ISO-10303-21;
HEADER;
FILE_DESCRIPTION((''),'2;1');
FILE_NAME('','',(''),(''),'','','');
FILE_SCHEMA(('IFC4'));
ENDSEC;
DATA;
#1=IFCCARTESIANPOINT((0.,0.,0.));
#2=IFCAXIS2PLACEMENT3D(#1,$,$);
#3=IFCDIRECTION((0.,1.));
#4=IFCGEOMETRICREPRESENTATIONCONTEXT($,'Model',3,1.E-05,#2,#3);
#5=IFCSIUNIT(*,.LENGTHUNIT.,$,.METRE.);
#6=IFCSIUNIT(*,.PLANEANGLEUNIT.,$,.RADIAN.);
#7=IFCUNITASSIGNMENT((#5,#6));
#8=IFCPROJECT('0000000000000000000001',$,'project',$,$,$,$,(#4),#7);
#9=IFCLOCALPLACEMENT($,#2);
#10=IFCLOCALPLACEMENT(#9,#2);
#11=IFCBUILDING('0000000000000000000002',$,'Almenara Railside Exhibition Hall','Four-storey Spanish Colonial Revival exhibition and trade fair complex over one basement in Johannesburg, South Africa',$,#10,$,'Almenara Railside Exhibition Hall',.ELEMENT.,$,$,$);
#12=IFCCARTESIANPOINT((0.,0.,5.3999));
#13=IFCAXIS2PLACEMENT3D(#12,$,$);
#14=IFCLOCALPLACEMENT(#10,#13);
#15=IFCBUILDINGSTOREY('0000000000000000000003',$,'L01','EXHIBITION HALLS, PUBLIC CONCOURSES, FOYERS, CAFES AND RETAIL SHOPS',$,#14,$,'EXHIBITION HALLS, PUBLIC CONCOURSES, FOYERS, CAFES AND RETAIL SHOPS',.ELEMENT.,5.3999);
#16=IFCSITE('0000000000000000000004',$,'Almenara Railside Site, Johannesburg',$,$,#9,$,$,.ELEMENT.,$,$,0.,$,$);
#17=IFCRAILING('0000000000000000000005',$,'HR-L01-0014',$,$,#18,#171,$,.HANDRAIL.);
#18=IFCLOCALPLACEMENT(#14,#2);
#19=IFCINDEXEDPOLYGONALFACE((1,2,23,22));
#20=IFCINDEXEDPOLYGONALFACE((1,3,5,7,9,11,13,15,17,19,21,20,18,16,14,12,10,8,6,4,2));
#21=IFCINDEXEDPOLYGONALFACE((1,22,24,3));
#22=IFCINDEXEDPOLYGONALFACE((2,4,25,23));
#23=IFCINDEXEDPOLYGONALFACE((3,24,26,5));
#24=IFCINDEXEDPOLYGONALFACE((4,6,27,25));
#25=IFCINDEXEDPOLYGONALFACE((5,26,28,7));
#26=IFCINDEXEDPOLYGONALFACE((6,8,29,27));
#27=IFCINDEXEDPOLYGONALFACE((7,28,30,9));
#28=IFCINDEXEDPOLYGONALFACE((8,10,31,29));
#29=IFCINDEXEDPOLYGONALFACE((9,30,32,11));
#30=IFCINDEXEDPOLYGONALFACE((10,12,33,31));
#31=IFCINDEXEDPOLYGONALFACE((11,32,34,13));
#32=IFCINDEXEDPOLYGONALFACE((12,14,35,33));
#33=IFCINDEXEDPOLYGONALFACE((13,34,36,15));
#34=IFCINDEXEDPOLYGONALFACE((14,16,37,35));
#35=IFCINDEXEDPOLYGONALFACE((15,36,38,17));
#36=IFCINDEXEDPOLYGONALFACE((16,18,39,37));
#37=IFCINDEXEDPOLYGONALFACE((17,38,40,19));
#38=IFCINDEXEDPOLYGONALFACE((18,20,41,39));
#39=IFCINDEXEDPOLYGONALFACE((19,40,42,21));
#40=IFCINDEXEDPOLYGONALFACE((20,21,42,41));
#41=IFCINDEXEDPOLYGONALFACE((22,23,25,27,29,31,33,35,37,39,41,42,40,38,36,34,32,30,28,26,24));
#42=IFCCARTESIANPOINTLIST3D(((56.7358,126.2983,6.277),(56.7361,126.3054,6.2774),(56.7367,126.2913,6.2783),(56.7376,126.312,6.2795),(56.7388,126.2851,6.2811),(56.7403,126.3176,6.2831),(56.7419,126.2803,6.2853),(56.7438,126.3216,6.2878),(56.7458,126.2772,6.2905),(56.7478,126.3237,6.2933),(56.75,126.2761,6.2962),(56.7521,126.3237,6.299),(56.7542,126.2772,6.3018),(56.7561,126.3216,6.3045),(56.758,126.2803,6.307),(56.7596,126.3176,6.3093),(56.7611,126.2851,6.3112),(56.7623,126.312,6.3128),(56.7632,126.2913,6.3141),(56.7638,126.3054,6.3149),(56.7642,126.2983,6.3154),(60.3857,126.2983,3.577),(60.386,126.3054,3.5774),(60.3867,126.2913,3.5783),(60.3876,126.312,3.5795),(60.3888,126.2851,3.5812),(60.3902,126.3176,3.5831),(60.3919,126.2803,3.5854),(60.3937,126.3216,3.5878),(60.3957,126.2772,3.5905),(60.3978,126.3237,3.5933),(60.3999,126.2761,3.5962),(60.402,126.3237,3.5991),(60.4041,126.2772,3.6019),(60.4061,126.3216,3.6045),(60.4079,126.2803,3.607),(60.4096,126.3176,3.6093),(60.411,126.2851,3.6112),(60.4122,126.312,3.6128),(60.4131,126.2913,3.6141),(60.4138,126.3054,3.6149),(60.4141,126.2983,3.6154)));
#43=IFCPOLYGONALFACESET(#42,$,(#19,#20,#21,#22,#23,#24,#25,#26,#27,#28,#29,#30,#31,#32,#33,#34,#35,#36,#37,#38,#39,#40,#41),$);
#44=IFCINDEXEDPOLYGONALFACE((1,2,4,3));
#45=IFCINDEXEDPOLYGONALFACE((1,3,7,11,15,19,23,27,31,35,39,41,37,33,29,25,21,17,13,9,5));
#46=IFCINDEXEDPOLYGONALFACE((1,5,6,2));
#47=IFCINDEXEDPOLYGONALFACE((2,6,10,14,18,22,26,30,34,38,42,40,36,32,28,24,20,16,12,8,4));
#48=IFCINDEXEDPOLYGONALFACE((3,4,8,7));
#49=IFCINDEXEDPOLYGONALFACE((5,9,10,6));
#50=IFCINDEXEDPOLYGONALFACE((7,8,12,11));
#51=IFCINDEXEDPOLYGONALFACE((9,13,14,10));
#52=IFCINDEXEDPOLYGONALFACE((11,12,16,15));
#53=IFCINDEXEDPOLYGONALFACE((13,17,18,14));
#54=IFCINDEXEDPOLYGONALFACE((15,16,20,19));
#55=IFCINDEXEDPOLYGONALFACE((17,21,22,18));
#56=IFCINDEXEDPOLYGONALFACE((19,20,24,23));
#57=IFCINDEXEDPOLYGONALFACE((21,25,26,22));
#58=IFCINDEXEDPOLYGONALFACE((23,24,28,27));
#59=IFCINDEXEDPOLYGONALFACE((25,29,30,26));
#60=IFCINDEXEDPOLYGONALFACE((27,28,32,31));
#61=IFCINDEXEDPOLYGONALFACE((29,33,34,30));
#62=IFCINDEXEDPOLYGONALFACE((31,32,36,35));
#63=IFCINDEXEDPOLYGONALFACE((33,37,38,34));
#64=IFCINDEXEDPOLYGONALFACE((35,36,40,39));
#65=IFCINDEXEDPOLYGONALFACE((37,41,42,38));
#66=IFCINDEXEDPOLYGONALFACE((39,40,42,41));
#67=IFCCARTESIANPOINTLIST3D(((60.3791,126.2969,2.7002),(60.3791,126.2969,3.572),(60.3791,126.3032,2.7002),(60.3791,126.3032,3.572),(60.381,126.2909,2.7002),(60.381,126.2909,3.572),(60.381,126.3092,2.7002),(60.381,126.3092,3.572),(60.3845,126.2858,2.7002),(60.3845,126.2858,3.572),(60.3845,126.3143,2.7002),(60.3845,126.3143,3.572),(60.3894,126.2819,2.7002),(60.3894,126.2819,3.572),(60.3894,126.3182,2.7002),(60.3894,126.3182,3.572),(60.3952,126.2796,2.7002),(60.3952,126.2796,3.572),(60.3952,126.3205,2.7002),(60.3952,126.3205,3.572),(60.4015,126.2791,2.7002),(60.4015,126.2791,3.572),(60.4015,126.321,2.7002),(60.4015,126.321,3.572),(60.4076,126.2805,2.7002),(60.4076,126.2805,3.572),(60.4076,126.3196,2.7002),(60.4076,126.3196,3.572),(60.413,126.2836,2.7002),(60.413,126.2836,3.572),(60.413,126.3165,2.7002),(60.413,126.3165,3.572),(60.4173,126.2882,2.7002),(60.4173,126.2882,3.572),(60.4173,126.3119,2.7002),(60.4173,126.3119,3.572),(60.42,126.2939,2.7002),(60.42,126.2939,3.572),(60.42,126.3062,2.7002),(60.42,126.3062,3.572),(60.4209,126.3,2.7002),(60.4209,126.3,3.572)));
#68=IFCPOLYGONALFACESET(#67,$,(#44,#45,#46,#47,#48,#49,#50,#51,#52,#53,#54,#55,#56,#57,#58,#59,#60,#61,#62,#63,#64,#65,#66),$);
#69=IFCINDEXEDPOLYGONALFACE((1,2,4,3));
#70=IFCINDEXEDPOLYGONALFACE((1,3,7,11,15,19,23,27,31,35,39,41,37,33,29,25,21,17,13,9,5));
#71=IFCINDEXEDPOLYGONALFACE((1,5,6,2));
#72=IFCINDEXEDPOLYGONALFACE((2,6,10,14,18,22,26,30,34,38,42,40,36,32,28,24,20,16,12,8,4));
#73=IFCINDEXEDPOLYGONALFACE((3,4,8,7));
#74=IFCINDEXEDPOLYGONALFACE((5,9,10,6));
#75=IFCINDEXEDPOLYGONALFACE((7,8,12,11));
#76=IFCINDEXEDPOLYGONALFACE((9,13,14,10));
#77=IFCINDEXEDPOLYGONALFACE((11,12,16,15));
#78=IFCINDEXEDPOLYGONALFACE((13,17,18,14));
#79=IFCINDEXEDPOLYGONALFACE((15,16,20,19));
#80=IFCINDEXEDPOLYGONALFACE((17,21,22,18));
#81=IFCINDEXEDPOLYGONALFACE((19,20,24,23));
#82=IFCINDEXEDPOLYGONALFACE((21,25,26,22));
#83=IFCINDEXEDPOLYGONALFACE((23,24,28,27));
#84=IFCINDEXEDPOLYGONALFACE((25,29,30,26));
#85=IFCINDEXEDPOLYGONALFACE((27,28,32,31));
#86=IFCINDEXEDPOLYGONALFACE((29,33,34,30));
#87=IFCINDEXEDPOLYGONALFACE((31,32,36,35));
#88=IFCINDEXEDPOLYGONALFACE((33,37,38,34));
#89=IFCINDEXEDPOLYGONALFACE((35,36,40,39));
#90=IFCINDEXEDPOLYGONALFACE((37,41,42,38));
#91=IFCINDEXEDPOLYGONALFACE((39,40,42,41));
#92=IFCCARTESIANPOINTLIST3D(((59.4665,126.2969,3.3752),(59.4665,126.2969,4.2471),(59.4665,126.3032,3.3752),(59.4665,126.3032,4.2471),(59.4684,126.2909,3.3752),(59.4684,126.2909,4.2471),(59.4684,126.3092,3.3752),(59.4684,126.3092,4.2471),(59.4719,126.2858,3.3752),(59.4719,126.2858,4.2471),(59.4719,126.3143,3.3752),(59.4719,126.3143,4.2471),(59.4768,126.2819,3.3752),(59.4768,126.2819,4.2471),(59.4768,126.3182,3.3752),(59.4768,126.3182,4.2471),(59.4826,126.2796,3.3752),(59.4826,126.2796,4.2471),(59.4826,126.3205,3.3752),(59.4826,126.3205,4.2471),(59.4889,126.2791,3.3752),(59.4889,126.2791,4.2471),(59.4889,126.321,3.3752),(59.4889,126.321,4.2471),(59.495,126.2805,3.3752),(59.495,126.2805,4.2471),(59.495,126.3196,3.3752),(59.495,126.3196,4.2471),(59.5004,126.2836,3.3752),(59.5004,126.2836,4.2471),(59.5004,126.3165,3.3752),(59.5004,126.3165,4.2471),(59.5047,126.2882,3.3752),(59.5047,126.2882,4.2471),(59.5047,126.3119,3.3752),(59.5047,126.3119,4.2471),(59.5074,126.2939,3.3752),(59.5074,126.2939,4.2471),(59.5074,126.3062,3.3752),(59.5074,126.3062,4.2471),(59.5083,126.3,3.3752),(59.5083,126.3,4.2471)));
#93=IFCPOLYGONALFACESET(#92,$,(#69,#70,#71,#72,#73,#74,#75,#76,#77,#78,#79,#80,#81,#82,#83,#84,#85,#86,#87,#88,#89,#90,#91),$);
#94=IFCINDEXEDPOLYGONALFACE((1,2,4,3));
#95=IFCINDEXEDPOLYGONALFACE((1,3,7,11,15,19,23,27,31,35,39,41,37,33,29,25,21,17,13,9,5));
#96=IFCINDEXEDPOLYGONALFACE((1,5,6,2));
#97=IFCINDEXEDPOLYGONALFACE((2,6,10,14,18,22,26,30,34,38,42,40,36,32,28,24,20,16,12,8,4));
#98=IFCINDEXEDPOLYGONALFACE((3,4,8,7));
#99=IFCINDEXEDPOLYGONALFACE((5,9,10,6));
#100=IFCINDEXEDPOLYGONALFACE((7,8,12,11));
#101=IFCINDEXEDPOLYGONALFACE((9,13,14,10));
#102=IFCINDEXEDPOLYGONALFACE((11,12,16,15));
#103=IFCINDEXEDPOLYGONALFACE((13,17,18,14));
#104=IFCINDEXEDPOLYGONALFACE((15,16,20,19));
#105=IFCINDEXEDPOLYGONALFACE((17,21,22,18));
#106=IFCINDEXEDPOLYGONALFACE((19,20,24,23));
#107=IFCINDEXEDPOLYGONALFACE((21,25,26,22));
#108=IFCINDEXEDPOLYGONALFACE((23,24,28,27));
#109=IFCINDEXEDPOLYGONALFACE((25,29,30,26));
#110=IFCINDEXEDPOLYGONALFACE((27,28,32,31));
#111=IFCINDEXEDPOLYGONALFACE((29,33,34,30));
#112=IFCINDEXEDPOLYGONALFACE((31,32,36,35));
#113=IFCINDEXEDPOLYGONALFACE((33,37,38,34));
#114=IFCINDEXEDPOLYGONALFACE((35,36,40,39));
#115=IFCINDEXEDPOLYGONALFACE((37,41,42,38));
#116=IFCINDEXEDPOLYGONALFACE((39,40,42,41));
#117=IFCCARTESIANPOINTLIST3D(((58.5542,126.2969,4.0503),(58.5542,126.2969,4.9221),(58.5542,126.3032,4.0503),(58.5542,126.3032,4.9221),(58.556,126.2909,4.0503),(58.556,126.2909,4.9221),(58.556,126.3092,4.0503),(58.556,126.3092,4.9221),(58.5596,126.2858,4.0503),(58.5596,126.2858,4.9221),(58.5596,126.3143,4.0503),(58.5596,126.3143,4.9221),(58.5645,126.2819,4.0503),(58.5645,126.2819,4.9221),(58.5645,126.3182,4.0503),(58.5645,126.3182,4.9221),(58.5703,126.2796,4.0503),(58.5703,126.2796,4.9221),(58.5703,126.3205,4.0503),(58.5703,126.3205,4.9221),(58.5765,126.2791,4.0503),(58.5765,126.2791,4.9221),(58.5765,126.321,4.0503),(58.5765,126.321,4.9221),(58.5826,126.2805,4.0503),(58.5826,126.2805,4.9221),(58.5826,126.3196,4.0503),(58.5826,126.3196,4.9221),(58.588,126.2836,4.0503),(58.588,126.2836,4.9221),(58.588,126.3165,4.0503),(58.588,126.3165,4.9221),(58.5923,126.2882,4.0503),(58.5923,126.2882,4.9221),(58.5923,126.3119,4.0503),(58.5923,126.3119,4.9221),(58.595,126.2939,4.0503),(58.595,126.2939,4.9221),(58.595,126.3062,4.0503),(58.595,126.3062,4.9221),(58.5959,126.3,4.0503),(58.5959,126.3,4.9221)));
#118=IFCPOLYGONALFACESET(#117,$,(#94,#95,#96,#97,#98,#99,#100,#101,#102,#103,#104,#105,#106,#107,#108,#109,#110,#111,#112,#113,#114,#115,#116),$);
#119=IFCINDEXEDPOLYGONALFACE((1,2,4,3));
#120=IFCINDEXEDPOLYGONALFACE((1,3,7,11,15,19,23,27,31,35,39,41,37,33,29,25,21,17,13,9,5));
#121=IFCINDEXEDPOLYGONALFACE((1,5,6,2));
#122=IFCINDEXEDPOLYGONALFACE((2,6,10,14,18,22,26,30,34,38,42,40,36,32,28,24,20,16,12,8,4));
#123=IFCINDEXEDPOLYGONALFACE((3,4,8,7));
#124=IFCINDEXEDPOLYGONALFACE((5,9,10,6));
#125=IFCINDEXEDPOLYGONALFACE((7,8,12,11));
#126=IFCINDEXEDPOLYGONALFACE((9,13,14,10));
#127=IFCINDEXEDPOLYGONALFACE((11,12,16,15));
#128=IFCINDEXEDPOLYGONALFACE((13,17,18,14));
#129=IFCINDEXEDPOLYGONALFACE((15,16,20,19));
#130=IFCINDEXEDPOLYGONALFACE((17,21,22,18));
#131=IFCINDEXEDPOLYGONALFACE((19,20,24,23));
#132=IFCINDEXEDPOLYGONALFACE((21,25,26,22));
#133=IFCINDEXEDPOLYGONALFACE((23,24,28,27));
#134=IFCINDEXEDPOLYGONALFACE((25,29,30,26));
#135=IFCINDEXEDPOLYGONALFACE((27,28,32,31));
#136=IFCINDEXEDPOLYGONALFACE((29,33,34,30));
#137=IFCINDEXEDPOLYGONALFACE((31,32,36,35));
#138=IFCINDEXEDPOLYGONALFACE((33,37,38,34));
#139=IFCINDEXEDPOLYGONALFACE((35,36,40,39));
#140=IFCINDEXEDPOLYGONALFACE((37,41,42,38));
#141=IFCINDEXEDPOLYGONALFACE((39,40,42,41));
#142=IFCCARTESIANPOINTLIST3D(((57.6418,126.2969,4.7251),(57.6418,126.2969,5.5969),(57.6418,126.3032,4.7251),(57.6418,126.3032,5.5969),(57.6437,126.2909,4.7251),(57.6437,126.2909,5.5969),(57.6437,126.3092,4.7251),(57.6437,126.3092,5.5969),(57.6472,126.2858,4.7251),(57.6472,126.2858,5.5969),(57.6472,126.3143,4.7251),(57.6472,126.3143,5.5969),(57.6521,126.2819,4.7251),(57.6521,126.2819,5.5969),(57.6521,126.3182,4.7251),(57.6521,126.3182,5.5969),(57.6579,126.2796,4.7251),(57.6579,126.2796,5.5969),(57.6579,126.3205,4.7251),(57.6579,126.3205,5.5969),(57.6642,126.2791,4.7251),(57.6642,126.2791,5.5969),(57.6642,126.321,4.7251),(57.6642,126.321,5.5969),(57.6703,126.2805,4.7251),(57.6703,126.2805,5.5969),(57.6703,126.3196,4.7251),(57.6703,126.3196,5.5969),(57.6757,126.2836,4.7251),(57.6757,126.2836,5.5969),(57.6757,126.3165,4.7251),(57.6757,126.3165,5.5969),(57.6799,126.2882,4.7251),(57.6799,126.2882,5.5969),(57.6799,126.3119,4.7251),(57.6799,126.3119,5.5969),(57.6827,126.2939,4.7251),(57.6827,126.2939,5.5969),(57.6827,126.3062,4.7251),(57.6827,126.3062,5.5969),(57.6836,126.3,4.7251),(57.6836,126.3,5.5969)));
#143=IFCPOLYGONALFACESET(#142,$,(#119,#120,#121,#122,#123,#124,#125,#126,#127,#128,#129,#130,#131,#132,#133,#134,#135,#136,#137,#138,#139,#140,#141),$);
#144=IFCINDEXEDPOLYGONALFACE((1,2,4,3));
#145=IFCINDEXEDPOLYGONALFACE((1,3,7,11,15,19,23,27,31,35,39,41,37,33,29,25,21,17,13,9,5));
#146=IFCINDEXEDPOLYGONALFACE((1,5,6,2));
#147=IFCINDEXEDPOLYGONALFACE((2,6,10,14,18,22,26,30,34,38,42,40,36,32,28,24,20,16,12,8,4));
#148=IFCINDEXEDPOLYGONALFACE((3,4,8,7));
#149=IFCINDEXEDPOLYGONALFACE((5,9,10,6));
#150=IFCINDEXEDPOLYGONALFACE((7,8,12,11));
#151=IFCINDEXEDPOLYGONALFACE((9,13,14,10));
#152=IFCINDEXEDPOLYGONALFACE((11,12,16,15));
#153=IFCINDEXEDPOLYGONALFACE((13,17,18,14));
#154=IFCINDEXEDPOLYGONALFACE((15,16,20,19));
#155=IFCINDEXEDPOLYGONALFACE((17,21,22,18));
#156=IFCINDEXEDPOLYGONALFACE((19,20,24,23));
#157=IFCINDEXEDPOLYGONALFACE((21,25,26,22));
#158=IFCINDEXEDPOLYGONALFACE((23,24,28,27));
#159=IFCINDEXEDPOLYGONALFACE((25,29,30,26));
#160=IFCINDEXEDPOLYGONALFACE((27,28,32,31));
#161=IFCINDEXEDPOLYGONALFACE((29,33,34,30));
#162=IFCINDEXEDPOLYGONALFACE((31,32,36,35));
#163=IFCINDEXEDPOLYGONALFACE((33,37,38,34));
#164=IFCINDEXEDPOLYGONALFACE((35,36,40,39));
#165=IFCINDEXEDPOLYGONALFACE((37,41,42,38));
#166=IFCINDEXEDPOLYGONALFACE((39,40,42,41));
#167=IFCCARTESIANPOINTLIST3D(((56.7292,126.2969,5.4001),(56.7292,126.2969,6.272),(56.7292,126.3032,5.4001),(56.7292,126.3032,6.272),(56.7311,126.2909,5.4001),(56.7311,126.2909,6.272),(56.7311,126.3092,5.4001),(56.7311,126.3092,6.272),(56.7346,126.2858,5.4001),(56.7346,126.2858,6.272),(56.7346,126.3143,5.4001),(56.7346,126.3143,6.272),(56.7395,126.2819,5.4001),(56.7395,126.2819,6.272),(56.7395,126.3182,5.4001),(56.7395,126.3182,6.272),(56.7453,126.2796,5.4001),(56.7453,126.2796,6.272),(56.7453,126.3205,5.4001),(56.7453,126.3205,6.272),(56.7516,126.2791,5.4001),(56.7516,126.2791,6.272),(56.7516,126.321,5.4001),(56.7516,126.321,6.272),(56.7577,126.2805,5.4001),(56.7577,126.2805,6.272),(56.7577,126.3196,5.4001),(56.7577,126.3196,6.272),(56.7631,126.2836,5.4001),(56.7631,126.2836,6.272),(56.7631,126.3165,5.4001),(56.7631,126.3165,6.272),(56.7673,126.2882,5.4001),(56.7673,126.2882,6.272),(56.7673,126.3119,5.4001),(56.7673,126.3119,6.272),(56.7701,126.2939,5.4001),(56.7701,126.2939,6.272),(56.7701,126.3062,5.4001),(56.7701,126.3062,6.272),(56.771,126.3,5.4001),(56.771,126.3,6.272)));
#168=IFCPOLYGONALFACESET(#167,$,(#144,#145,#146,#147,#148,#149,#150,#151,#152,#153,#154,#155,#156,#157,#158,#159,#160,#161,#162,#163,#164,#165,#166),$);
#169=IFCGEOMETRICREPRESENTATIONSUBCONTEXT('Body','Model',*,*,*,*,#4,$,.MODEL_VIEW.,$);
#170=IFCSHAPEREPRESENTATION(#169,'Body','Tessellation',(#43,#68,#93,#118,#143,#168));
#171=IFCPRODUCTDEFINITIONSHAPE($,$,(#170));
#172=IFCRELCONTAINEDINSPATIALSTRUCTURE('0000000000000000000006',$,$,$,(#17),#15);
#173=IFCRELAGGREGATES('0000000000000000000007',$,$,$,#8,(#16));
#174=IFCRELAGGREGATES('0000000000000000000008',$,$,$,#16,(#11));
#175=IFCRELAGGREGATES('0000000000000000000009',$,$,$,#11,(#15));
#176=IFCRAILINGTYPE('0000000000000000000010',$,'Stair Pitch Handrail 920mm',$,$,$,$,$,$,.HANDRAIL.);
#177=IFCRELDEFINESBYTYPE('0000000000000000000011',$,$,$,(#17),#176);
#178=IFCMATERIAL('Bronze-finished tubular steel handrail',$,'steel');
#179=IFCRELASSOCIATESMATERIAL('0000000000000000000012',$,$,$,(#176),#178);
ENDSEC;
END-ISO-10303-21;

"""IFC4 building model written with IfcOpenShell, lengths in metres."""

from ifc_helpers import new_model, si_unit, direction, frame, origin, origin_2d, place, context, subcontext, project, spatial, circle, extrude, material, type_object, element, save


model = new_model("IFC4")

# Units and contexts
model_context = context("Model", 3, precision=1e-05, world=origin(), true_north=direction((0.0, 1.0)))
body_context = subcontext(model_context, "Body", "Model", "MODEL_VIEW")
ifc_project = project(units=[si_unit("LENGTHUNIT", "METRE"), si_unit("PLANEANGLEUNIT", "RADIAN")], contexts=[model_context])

# Site, building, storey
site_placement = place(None, origin())
site = spatial("IfcSite", under=ifc_project, at=site_placement, Name="Almenara Railside Site, Johannesburg", CompositionType="ELEMENT", RefElevation=0.0)
building_placement = place(site_placement, origin())
building = spatial("IfcBuilding", under=site, at=building_placement, Name="Almenara Railside Exhibition Hall", Description="Four-storey Spanish Colonial Revival exhibition and trade fair complex over one basement in Johannesburg, South Africa", LongName="Almenara Railside Exhibition Hall", CompositionType="ELEMENT")
storey_placement = place(building_placement, frame((0.0, 0.0, 5.3999)))
storey = spatial("IfcBuildingStorey", under=building, at=storey_placement, Name="L01", Description="EXHIBITION HALLS, PUBLIC CONCOURSES, FOYERS, CAFES AND RETAIL SHOPS", LongName="EXHIBITION HALLS, PUBLIC CONCOURSES, FOYERS, CAFES AND RETAIL SHOPS", CompositionType="ELEMENT", Elevation=5.3999)

# Railing
ifc_material_1 = material(Name="Bronze-finished tubular steel handrail", Category="steel")
railing_type_1 = type_object("IfcRailingType", Name="Stair Pitch Handrail 920mm", PredefinedType="HANDRAIL", material=ifc_material_1)
railing_1_placement = place(storey_placement, frame((60.3999, 126.3, 2.7002)))
element("IfcRailing", 1, at=railing_1_placement, inside=storey, type_object=railing_type_1, Name="HR-L01-0014", PredefinedType="HANDRAIL", context=body_context, shape_type="SweptSolid", body=[
    extrude(circle(Radius=0.0239, at=origin_2d()), frame((0.0, 0.0, 0.896), z_axis=(-0.803945, 0.0, 0.594704), x_axis=(0.0, -1.0, 0.0)), (0.0, 0.0, 1.0), 4.54),
    extrude(circle(Radius=0.021, at=origin_2d()), origin(), (0.0, 0.0, 1.0), 0.8718),
    extrude(circle(Radius=0.021, at=origin_2d()), frame((-0.9126, 0.0, 0.675)), (0.0, 0.0, 1.0), 0.8718),
    extrude(circle(Radius=0.021, at=origin_2d()), frame((-1.825, 0.0, 1.3501)), (0.0, 0.0, 1.0), 0.8718),
    extrude(circle(Radius=0.021, at=origin_2d()), frame((-2.7373, 0.0, 2.0249)), (0.0, 0.0, 1.0), 0.8718),
    extrude(circle(Radius=0.021, at=origin_2d()), frame((-3.6499, 0.0, 2.7)), (0.0, 0.0, 1.0), 0.8718),
])

save(model, "model.ifc")
